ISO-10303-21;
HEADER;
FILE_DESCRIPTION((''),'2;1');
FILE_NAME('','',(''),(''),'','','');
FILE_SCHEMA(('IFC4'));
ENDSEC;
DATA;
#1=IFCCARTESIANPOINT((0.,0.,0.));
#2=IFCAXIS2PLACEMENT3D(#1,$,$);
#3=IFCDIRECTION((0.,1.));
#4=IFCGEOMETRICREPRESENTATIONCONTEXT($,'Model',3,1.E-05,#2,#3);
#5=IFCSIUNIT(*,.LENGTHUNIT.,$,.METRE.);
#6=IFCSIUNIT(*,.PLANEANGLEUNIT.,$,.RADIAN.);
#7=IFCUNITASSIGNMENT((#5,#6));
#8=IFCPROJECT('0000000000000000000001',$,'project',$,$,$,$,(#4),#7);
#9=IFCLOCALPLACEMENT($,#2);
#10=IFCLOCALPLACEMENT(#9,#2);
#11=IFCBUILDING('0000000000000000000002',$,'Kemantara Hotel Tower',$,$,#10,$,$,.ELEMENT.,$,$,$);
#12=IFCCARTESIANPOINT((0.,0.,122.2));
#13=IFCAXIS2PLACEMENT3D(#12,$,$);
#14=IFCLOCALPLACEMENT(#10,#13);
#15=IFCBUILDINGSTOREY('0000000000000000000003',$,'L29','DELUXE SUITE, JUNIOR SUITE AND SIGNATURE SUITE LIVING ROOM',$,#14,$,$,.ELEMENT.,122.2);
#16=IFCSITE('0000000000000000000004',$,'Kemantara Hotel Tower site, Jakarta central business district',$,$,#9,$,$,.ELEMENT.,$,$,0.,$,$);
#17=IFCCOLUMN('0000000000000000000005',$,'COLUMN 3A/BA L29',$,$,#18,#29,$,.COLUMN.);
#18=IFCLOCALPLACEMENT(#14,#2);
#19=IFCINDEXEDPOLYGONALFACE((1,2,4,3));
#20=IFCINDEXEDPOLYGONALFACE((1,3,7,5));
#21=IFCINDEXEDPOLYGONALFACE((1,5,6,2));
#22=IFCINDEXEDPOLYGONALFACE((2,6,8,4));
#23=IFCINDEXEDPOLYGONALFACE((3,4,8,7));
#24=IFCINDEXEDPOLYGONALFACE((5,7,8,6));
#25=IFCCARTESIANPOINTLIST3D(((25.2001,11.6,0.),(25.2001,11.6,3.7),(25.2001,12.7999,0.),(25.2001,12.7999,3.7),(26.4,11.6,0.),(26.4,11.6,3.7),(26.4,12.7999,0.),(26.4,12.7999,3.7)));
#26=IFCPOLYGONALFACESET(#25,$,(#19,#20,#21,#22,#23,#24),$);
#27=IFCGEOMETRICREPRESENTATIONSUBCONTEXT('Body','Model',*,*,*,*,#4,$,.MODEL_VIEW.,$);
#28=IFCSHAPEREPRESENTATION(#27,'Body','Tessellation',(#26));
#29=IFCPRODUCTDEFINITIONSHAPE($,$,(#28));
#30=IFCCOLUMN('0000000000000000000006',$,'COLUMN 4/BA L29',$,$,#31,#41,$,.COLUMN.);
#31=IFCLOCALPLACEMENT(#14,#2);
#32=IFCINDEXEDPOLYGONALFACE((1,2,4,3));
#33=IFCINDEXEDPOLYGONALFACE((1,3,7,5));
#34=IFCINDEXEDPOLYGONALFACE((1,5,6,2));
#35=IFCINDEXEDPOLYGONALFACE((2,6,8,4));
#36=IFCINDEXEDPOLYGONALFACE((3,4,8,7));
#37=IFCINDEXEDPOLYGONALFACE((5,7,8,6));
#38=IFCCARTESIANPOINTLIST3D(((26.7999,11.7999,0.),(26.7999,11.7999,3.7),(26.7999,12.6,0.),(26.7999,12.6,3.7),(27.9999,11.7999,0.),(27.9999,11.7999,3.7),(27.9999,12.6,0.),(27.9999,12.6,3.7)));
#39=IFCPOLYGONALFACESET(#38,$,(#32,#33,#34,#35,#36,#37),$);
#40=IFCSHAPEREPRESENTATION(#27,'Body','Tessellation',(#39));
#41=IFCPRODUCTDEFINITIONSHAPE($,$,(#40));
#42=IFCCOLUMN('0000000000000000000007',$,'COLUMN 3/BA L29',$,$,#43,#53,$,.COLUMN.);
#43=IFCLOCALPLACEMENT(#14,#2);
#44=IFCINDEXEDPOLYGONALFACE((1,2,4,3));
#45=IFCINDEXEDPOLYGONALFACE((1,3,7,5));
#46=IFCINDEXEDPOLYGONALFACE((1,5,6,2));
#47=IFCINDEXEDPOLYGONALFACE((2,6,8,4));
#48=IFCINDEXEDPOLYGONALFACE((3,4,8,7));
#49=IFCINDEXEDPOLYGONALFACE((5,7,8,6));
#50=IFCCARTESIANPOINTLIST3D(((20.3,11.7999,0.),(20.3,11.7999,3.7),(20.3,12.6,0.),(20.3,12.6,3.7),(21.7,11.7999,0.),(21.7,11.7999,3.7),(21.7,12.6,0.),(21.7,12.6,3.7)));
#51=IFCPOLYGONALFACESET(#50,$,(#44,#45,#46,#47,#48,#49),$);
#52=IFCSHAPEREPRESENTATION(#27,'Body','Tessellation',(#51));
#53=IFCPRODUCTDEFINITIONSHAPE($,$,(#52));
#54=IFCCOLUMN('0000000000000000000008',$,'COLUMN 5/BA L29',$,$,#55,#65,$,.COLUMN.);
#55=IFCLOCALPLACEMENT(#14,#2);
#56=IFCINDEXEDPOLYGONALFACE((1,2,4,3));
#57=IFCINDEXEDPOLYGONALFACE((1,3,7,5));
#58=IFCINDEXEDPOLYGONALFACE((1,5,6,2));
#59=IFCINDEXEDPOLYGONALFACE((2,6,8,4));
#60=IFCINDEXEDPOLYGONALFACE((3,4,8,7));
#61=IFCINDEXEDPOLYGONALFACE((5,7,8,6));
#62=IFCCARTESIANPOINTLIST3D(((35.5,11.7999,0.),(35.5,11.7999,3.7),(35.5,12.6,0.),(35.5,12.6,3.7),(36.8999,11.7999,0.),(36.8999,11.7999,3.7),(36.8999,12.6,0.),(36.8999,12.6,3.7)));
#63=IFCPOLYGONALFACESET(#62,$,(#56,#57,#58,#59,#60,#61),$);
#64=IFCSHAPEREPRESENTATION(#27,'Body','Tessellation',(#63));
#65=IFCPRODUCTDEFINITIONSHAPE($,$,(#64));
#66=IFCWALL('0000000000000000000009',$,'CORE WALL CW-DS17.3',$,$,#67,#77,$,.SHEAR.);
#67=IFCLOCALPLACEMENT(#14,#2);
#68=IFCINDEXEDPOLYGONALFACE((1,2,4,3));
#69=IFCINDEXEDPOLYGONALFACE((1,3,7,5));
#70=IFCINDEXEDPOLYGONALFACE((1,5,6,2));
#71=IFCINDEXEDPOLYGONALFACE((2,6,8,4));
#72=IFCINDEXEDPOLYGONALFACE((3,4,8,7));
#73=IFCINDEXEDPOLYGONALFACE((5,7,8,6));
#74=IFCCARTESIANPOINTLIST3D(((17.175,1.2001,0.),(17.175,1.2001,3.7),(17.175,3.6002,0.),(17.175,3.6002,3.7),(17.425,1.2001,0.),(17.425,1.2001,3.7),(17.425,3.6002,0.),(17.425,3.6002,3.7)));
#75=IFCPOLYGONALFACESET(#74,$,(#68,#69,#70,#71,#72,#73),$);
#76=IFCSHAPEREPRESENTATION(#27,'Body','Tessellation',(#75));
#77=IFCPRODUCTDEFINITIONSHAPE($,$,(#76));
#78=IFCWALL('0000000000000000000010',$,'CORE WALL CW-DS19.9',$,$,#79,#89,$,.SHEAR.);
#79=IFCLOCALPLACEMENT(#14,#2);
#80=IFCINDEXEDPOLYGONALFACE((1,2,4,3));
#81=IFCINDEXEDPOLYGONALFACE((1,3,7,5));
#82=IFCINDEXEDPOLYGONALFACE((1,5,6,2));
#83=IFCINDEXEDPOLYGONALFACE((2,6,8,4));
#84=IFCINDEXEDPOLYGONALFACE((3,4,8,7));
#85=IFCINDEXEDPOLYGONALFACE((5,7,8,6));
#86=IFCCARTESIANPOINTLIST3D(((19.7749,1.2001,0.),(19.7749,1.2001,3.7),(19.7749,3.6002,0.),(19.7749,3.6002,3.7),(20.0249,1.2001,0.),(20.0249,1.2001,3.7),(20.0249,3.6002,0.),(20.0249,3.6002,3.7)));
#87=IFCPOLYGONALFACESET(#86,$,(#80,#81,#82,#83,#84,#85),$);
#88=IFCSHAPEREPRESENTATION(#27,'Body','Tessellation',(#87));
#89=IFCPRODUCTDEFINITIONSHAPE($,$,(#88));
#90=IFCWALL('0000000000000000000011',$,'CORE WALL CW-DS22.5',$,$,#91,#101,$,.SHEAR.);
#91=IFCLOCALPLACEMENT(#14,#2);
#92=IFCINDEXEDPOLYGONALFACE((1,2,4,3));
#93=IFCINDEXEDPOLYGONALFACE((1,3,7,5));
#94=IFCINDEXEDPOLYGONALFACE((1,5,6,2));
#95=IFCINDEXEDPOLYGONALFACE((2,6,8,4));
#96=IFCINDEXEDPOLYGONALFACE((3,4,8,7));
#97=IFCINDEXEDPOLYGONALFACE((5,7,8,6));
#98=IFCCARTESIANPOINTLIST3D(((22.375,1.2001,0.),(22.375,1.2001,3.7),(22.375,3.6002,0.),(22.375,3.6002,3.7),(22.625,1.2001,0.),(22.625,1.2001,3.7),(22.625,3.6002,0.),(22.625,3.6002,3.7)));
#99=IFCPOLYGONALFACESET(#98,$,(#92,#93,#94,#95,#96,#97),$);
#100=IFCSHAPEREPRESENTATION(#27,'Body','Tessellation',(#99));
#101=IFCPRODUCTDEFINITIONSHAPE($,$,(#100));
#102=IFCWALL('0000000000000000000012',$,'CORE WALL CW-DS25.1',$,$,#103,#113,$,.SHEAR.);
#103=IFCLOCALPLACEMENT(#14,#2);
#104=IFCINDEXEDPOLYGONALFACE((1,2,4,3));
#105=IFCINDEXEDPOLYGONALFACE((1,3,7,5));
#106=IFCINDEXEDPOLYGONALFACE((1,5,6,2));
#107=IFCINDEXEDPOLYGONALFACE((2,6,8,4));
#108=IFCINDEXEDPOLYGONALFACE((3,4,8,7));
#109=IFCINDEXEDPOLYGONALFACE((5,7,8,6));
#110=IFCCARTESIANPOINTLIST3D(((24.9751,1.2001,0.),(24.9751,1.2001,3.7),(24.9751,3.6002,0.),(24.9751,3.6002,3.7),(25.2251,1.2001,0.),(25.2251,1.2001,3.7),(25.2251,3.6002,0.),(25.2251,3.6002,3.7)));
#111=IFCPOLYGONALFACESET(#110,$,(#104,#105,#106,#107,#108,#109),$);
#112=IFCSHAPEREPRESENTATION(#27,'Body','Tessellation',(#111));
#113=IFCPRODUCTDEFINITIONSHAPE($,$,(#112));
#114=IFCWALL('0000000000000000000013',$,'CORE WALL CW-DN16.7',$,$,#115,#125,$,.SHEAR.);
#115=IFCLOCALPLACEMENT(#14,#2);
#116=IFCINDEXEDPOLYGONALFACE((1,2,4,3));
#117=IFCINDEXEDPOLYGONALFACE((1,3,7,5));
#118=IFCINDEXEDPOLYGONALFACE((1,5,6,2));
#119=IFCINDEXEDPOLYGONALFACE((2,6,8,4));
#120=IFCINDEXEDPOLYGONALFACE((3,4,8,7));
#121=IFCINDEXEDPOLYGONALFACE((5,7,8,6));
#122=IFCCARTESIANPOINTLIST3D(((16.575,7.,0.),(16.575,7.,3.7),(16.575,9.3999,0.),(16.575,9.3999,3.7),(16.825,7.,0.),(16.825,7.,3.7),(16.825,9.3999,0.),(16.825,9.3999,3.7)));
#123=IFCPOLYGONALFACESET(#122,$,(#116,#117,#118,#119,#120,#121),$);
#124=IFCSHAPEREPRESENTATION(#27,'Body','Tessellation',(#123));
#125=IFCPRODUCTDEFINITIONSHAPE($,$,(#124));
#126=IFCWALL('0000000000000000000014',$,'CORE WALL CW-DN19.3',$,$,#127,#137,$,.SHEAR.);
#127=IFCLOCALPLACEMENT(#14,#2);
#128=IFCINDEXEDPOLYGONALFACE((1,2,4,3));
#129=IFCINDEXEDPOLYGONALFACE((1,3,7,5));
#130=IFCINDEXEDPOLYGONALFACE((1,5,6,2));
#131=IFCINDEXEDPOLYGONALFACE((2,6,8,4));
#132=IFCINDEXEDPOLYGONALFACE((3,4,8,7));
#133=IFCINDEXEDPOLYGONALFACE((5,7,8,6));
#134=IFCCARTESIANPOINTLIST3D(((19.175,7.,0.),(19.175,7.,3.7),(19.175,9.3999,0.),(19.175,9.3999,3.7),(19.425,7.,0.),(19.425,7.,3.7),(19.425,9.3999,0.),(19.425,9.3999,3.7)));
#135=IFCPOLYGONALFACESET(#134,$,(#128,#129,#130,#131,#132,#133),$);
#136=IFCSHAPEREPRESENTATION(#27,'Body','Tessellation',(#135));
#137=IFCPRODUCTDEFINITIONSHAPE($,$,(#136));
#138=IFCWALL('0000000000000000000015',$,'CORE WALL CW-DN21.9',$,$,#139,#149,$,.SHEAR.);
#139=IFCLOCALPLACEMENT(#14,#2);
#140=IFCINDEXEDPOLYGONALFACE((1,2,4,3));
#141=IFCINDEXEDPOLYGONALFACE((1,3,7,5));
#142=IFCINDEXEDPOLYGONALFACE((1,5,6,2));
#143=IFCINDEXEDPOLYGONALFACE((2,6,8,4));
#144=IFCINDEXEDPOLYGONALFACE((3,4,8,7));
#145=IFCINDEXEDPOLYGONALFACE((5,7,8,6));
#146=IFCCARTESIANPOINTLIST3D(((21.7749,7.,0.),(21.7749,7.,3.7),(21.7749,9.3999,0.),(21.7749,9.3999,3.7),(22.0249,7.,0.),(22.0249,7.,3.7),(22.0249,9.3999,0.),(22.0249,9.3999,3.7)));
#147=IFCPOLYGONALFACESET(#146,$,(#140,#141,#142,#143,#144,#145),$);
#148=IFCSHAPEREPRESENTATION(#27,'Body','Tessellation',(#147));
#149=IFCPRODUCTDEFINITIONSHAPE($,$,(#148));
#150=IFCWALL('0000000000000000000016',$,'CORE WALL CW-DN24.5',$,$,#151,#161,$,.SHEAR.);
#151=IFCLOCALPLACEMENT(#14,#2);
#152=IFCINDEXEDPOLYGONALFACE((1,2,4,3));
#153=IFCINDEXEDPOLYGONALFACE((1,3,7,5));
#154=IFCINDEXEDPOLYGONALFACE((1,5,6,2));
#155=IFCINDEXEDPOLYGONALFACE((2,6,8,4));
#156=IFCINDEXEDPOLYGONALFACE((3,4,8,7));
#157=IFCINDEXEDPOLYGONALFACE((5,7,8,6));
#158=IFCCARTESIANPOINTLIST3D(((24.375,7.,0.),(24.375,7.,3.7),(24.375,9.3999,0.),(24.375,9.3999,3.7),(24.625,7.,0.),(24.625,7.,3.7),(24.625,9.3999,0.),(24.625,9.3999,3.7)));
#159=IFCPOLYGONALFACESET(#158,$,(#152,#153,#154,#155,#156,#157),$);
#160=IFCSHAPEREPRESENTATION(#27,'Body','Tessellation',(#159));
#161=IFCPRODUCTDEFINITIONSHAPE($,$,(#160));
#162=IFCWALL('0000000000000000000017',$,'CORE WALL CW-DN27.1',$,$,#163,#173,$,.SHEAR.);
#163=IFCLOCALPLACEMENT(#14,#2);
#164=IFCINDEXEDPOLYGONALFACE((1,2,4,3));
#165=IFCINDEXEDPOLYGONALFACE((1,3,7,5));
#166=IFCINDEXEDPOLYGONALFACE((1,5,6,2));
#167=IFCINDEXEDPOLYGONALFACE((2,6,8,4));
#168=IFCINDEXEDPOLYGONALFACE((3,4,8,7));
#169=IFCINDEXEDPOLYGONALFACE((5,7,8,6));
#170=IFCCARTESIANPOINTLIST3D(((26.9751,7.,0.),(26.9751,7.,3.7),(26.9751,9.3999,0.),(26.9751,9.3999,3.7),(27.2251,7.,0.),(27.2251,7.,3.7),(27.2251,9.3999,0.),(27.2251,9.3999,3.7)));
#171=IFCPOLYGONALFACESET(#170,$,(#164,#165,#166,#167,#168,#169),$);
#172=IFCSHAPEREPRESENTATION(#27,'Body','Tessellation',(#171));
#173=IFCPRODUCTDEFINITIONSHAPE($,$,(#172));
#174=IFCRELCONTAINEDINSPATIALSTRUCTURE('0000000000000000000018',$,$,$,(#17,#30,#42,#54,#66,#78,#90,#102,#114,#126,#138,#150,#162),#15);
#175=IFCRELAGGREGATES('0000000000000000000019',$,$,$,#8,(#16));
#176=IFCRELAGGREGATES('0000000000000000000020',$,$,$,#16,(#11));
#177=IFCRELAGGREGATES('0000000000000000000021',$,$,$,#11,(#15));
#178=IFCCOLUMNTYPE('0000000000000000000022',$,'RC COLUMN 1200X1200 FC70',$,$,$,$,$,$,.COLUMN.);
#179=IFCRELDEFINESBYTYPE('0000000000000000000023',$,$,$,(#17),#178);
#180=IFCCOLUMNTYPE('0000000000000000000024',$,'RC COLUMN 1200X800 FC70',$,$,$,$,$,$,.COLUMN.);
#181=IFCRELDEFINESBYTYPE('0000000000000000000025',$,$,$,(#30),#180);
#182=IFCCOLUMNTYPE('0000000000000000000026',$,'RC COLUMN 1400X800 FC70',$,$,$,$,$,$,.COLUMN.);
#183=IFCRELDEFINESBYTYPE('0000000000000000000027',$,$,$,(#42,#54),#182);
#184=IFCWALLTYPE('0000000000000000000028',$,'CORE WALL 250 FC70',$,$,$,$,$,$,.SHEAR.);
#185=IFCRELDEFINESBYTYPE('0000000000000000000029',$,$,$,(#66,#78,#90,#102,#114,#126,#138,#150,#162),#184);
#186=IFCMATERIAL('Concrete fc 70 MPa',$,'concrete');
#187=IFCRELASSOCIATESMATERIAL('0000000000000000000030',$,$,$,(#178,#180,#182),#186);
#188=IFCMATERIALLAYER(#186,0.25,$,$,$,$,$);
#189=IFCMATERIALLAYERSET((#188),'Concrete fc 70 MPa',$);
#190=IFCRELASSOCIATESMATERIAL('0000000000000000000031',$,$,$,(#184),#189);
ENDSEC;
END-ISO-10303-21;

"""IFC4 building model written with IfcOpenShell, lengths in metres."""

from ifc_helpers import new_model, si_unit, direction, frame, frame_2d, origin, origin_2d, place, context, subcontext, project, spatial, rectangle, extrude, material, layer, layer_set, material_profile, profile_set, type_object, element, save


model = new_model("IFC4")

# Units and contexts
model_context = context("Model", 3, precision=1e-05, world=origin(), true_north=direction((0.0, 1.0)))
body_context = subcontext(model_context, "Body", "Model", "MODEL_VIEW")
ifc_project = project(units=[si_unit("LENGTHUNIT", "METRE"), si_unit("PLANEANGLEUNIT", "RADIAN")], contexts=[model_context])

# Site, building, storey
site_placement = place(None, origin())
site = spatial("IfcSite", under=ifc_project, at=site_placement, Name="Kemantara Hotel Tower site, Jakarta central business district", CompositionType="ELEMENT", RefElevation=0.0)
building_placement = place(site_placement, origin())
building = spatial("IfcBuilding", under=site, at=building_placement, Name="Kemantara Hotel Tower", CompositionType="ELEMENT")
storey_placement = place(building_placement, frame((0.0, 0.0, 122.2)))
storey = spatial("IfcBuildingStorey", under=building, at=storey_placement, Name="L29", Description="DELUXE SUITE, JUNIOR SUITE AND SIGNATURE SUITE LIVING ROOM", CompositionType="ELEMENT", Elevation=122.2)

# Columns
ifc_material_1 = material(Name="Concrete fc 70 MPa", Category="concrete")
ifc_material_profile_1 = material_profile(ifc_material_1, rectangle(XDim=1.2, YDim=1.2, at=origin_2d()), Name="RC 1200X1200")
ifc_profile_set_1 = profile_set([ifc_material_profile_1], Name="Concrete fc 70 MPa")
column_type_1 = type_object("IfcColumnType", Name="RC COLUMN 1200X1200 FC70", PredefinedType="COLUMN", material=ifc_profile_set_1)
column_1_placement = place(storey_placement, frame((25.8, 12.2, 0.0), z_axis=(0.0, 0.0, 1.0), x_axis=(1.0, 0.0, 0.0)))
element("IfcColumn", 1, at=column_1_placement, inside=storey, type_object=column_type_1, Name="COLUMN 3A/BA L29", PredefinedType="COLUMN", context=body_context, shape_type="SweptSolid", body=[
    extrude(rectangle(XDim=1.2, YDim=1.2, at=origin_2d()), origin(), (0.0, 0.0, 1.0), 3.7),
])
ifc_material_profile_2 = material_profile(ifc_material_1, rectangle(XDim=1.2, YDim=0.8, at=origin_2d()), Name="RC 1200X800")
ifc_profile_set_2 = profile_set([ifc_material_profile_2], Name="Concrete fc 70 MPa")
column_type_2 = type_object("IfcColumnType", Name="RC COLUMN 1200X800 FC70", PredefinedType="COLUMN", material=ifc_profile_set_2)
column_2_placement = place(storey_placement, frame((27.3999, 12.2, 0.0), z_axis=(0.0, 0.0, 1.0), x_axis=(1.0, 0.0, 0.0)))
element("IfcColumn", 2, at=column_2_placement, inside=storey, type_object=column_type_2, Name="COLUMN 4/BA L29", PredefinedType="COLUMN", context=body_context, shape_type="SweptSolid", body=[
    extrude(rectangle(XDim=1.2, YDim=0.8, at=origin_2d()), origin(), (0.0, 0.0, 1.0), 3.7),
])
ifc_material_profile_3 = material_profile(ifc_material_1, rectangle(XDim=1.3999, YDim=0.8, at=origin_2d()), Name="RC 1400X800")
ifc_profile_set_3 = profile_set([ifc_material_profile_3], Name="Concrete fc 70 MPa")
column_type_3 = type_object("IfcColumnType", Name="RC COLUMN 1400X800 FC70", PredefinedType="COLUMN", material=ifc_profile_set_3)
for number, where, z_axis, x_axis, name in (
    (3, (21.0, 12.2, 0.0), (0.0, 0.0, 1.0), (1.0, 0.0, 0.0), "COLUMN 3/BA L29"),
    (4, (36.2, 12.2, 0.0), (0.0, 0.0, 1.0), (1.0, 0.0, 0.0), "COLUMN 5/BA L29"),
):
    element("IfcColumn", number, at=place(storey_placement, frame(where, z_axis=z_axis, x_axis=x_axis)), inside=storey, type_object=column_type_3, Name=name, PredefinedType="COLUMN", context=body_context, shape_type="SweptSolid", body=[
        extrude(rectangle(XDim=1.3999, YDim=0.8, at=origin_2d()), origin(), (0.0, 0.0, 1.0), 3.7),
    ])

# Walls
ifc_layer_1 = layer(ifc_material_1, 0.25)
ifc_layer_set_1 = layer_set([ifc_layer_1], Name="Concrete fc 70 MPa")
wall_type_1 = type_object("IfcWallType", Name="CORE WALL 250 FC70", PredefinedType="SHEAR", material=ifc_layer_set_1)
for number, where, z_axis, x_axis, name in (
    (5, (17.3, 1.2, 0.0), (0.0, 0.0, 1.0), (0.0, 1.0, 0.0), "CORE WALL CW-DS17.3"),
    (6, (19.8999, 1.2, 0.0), (0.0, 0.0, 1.0), (0.0, 1.0, 0.0), "CORE WALL CW-DS19.9"),
    (7, (22.5, 1.2, 0.0), (0.0, 0.0, 1.0), (0.0, 1.0, 0.0), "CORE WALL CW-DS22.5"),
    (8, (25.1001, 1.2, 0.0), (0.0, 0.0, 1.0), (0.0, 1.0, 0.0), "CORE WALL CW-DS25.1"),
):
    element("IfcWall", number, at=place(storey_placement, frame(where, z_axis=z_axis, x_axis=x_axis)), inside=storey, type_object=wall_type_1, Name=name, PredefinedType="SHEAR", context=body_context, shape_type="SweptSolid", body=[
        extrude(rectangle(XDim=2.4001, YDim=0.25, at=frame_2d((1.2002, 0.0))), origin(), (0.0, 0.0, 1.0), 3.7),
    ])
for number, where, z_axis, x_axis, name in (
    (9, (16.7, 7.0, 0.0), (0.0, 0.0, 1.0), (0.0, 1.0, 0.0), "CORE WALL CW-DN16.7"),
    (10, (19.3, 7.0, 0.0), (0.0, 0.0, 1.0), (0.0, 1.0, 0.0), "CORE WALL CW-DN19.3"),
    (11, (21.8999, 7.0, 0.0), (0.0, 0.0, 1.0), (0.0, 1.0, 0.0), "CORE WALL CW-DN21.9"),
    (12, (24.5, 7.0, 0.0), (0.0, 0.0, 1.0), (0.0, 1.0, 0.0), "CORE WALL CW-DN24.5"),
    (13, (27.1001, 7.0, 0.0), (0.0, 0.0, 1.0), (0.0, 1.0, 0.0), "CORE WALL CW-DN27.1"),
):
    element("IfcWall", number, at=place(storey_placement, frame(where, z_axis=z_axis, x_axis=x_axis)), inside=storey, type_object=wall_type_1, Name=name, PredefinedType="SHEAR", context=body_context, shape_type="SweptSolid", body=[
        extrude(rectangle(XDim=2.3999, YDim=0.25, at=frame_2d((1.2, 0.0))), origin(), (0.0, 0.0, 1.0), 3.7),
    ])

save(model, "model.ifc")
